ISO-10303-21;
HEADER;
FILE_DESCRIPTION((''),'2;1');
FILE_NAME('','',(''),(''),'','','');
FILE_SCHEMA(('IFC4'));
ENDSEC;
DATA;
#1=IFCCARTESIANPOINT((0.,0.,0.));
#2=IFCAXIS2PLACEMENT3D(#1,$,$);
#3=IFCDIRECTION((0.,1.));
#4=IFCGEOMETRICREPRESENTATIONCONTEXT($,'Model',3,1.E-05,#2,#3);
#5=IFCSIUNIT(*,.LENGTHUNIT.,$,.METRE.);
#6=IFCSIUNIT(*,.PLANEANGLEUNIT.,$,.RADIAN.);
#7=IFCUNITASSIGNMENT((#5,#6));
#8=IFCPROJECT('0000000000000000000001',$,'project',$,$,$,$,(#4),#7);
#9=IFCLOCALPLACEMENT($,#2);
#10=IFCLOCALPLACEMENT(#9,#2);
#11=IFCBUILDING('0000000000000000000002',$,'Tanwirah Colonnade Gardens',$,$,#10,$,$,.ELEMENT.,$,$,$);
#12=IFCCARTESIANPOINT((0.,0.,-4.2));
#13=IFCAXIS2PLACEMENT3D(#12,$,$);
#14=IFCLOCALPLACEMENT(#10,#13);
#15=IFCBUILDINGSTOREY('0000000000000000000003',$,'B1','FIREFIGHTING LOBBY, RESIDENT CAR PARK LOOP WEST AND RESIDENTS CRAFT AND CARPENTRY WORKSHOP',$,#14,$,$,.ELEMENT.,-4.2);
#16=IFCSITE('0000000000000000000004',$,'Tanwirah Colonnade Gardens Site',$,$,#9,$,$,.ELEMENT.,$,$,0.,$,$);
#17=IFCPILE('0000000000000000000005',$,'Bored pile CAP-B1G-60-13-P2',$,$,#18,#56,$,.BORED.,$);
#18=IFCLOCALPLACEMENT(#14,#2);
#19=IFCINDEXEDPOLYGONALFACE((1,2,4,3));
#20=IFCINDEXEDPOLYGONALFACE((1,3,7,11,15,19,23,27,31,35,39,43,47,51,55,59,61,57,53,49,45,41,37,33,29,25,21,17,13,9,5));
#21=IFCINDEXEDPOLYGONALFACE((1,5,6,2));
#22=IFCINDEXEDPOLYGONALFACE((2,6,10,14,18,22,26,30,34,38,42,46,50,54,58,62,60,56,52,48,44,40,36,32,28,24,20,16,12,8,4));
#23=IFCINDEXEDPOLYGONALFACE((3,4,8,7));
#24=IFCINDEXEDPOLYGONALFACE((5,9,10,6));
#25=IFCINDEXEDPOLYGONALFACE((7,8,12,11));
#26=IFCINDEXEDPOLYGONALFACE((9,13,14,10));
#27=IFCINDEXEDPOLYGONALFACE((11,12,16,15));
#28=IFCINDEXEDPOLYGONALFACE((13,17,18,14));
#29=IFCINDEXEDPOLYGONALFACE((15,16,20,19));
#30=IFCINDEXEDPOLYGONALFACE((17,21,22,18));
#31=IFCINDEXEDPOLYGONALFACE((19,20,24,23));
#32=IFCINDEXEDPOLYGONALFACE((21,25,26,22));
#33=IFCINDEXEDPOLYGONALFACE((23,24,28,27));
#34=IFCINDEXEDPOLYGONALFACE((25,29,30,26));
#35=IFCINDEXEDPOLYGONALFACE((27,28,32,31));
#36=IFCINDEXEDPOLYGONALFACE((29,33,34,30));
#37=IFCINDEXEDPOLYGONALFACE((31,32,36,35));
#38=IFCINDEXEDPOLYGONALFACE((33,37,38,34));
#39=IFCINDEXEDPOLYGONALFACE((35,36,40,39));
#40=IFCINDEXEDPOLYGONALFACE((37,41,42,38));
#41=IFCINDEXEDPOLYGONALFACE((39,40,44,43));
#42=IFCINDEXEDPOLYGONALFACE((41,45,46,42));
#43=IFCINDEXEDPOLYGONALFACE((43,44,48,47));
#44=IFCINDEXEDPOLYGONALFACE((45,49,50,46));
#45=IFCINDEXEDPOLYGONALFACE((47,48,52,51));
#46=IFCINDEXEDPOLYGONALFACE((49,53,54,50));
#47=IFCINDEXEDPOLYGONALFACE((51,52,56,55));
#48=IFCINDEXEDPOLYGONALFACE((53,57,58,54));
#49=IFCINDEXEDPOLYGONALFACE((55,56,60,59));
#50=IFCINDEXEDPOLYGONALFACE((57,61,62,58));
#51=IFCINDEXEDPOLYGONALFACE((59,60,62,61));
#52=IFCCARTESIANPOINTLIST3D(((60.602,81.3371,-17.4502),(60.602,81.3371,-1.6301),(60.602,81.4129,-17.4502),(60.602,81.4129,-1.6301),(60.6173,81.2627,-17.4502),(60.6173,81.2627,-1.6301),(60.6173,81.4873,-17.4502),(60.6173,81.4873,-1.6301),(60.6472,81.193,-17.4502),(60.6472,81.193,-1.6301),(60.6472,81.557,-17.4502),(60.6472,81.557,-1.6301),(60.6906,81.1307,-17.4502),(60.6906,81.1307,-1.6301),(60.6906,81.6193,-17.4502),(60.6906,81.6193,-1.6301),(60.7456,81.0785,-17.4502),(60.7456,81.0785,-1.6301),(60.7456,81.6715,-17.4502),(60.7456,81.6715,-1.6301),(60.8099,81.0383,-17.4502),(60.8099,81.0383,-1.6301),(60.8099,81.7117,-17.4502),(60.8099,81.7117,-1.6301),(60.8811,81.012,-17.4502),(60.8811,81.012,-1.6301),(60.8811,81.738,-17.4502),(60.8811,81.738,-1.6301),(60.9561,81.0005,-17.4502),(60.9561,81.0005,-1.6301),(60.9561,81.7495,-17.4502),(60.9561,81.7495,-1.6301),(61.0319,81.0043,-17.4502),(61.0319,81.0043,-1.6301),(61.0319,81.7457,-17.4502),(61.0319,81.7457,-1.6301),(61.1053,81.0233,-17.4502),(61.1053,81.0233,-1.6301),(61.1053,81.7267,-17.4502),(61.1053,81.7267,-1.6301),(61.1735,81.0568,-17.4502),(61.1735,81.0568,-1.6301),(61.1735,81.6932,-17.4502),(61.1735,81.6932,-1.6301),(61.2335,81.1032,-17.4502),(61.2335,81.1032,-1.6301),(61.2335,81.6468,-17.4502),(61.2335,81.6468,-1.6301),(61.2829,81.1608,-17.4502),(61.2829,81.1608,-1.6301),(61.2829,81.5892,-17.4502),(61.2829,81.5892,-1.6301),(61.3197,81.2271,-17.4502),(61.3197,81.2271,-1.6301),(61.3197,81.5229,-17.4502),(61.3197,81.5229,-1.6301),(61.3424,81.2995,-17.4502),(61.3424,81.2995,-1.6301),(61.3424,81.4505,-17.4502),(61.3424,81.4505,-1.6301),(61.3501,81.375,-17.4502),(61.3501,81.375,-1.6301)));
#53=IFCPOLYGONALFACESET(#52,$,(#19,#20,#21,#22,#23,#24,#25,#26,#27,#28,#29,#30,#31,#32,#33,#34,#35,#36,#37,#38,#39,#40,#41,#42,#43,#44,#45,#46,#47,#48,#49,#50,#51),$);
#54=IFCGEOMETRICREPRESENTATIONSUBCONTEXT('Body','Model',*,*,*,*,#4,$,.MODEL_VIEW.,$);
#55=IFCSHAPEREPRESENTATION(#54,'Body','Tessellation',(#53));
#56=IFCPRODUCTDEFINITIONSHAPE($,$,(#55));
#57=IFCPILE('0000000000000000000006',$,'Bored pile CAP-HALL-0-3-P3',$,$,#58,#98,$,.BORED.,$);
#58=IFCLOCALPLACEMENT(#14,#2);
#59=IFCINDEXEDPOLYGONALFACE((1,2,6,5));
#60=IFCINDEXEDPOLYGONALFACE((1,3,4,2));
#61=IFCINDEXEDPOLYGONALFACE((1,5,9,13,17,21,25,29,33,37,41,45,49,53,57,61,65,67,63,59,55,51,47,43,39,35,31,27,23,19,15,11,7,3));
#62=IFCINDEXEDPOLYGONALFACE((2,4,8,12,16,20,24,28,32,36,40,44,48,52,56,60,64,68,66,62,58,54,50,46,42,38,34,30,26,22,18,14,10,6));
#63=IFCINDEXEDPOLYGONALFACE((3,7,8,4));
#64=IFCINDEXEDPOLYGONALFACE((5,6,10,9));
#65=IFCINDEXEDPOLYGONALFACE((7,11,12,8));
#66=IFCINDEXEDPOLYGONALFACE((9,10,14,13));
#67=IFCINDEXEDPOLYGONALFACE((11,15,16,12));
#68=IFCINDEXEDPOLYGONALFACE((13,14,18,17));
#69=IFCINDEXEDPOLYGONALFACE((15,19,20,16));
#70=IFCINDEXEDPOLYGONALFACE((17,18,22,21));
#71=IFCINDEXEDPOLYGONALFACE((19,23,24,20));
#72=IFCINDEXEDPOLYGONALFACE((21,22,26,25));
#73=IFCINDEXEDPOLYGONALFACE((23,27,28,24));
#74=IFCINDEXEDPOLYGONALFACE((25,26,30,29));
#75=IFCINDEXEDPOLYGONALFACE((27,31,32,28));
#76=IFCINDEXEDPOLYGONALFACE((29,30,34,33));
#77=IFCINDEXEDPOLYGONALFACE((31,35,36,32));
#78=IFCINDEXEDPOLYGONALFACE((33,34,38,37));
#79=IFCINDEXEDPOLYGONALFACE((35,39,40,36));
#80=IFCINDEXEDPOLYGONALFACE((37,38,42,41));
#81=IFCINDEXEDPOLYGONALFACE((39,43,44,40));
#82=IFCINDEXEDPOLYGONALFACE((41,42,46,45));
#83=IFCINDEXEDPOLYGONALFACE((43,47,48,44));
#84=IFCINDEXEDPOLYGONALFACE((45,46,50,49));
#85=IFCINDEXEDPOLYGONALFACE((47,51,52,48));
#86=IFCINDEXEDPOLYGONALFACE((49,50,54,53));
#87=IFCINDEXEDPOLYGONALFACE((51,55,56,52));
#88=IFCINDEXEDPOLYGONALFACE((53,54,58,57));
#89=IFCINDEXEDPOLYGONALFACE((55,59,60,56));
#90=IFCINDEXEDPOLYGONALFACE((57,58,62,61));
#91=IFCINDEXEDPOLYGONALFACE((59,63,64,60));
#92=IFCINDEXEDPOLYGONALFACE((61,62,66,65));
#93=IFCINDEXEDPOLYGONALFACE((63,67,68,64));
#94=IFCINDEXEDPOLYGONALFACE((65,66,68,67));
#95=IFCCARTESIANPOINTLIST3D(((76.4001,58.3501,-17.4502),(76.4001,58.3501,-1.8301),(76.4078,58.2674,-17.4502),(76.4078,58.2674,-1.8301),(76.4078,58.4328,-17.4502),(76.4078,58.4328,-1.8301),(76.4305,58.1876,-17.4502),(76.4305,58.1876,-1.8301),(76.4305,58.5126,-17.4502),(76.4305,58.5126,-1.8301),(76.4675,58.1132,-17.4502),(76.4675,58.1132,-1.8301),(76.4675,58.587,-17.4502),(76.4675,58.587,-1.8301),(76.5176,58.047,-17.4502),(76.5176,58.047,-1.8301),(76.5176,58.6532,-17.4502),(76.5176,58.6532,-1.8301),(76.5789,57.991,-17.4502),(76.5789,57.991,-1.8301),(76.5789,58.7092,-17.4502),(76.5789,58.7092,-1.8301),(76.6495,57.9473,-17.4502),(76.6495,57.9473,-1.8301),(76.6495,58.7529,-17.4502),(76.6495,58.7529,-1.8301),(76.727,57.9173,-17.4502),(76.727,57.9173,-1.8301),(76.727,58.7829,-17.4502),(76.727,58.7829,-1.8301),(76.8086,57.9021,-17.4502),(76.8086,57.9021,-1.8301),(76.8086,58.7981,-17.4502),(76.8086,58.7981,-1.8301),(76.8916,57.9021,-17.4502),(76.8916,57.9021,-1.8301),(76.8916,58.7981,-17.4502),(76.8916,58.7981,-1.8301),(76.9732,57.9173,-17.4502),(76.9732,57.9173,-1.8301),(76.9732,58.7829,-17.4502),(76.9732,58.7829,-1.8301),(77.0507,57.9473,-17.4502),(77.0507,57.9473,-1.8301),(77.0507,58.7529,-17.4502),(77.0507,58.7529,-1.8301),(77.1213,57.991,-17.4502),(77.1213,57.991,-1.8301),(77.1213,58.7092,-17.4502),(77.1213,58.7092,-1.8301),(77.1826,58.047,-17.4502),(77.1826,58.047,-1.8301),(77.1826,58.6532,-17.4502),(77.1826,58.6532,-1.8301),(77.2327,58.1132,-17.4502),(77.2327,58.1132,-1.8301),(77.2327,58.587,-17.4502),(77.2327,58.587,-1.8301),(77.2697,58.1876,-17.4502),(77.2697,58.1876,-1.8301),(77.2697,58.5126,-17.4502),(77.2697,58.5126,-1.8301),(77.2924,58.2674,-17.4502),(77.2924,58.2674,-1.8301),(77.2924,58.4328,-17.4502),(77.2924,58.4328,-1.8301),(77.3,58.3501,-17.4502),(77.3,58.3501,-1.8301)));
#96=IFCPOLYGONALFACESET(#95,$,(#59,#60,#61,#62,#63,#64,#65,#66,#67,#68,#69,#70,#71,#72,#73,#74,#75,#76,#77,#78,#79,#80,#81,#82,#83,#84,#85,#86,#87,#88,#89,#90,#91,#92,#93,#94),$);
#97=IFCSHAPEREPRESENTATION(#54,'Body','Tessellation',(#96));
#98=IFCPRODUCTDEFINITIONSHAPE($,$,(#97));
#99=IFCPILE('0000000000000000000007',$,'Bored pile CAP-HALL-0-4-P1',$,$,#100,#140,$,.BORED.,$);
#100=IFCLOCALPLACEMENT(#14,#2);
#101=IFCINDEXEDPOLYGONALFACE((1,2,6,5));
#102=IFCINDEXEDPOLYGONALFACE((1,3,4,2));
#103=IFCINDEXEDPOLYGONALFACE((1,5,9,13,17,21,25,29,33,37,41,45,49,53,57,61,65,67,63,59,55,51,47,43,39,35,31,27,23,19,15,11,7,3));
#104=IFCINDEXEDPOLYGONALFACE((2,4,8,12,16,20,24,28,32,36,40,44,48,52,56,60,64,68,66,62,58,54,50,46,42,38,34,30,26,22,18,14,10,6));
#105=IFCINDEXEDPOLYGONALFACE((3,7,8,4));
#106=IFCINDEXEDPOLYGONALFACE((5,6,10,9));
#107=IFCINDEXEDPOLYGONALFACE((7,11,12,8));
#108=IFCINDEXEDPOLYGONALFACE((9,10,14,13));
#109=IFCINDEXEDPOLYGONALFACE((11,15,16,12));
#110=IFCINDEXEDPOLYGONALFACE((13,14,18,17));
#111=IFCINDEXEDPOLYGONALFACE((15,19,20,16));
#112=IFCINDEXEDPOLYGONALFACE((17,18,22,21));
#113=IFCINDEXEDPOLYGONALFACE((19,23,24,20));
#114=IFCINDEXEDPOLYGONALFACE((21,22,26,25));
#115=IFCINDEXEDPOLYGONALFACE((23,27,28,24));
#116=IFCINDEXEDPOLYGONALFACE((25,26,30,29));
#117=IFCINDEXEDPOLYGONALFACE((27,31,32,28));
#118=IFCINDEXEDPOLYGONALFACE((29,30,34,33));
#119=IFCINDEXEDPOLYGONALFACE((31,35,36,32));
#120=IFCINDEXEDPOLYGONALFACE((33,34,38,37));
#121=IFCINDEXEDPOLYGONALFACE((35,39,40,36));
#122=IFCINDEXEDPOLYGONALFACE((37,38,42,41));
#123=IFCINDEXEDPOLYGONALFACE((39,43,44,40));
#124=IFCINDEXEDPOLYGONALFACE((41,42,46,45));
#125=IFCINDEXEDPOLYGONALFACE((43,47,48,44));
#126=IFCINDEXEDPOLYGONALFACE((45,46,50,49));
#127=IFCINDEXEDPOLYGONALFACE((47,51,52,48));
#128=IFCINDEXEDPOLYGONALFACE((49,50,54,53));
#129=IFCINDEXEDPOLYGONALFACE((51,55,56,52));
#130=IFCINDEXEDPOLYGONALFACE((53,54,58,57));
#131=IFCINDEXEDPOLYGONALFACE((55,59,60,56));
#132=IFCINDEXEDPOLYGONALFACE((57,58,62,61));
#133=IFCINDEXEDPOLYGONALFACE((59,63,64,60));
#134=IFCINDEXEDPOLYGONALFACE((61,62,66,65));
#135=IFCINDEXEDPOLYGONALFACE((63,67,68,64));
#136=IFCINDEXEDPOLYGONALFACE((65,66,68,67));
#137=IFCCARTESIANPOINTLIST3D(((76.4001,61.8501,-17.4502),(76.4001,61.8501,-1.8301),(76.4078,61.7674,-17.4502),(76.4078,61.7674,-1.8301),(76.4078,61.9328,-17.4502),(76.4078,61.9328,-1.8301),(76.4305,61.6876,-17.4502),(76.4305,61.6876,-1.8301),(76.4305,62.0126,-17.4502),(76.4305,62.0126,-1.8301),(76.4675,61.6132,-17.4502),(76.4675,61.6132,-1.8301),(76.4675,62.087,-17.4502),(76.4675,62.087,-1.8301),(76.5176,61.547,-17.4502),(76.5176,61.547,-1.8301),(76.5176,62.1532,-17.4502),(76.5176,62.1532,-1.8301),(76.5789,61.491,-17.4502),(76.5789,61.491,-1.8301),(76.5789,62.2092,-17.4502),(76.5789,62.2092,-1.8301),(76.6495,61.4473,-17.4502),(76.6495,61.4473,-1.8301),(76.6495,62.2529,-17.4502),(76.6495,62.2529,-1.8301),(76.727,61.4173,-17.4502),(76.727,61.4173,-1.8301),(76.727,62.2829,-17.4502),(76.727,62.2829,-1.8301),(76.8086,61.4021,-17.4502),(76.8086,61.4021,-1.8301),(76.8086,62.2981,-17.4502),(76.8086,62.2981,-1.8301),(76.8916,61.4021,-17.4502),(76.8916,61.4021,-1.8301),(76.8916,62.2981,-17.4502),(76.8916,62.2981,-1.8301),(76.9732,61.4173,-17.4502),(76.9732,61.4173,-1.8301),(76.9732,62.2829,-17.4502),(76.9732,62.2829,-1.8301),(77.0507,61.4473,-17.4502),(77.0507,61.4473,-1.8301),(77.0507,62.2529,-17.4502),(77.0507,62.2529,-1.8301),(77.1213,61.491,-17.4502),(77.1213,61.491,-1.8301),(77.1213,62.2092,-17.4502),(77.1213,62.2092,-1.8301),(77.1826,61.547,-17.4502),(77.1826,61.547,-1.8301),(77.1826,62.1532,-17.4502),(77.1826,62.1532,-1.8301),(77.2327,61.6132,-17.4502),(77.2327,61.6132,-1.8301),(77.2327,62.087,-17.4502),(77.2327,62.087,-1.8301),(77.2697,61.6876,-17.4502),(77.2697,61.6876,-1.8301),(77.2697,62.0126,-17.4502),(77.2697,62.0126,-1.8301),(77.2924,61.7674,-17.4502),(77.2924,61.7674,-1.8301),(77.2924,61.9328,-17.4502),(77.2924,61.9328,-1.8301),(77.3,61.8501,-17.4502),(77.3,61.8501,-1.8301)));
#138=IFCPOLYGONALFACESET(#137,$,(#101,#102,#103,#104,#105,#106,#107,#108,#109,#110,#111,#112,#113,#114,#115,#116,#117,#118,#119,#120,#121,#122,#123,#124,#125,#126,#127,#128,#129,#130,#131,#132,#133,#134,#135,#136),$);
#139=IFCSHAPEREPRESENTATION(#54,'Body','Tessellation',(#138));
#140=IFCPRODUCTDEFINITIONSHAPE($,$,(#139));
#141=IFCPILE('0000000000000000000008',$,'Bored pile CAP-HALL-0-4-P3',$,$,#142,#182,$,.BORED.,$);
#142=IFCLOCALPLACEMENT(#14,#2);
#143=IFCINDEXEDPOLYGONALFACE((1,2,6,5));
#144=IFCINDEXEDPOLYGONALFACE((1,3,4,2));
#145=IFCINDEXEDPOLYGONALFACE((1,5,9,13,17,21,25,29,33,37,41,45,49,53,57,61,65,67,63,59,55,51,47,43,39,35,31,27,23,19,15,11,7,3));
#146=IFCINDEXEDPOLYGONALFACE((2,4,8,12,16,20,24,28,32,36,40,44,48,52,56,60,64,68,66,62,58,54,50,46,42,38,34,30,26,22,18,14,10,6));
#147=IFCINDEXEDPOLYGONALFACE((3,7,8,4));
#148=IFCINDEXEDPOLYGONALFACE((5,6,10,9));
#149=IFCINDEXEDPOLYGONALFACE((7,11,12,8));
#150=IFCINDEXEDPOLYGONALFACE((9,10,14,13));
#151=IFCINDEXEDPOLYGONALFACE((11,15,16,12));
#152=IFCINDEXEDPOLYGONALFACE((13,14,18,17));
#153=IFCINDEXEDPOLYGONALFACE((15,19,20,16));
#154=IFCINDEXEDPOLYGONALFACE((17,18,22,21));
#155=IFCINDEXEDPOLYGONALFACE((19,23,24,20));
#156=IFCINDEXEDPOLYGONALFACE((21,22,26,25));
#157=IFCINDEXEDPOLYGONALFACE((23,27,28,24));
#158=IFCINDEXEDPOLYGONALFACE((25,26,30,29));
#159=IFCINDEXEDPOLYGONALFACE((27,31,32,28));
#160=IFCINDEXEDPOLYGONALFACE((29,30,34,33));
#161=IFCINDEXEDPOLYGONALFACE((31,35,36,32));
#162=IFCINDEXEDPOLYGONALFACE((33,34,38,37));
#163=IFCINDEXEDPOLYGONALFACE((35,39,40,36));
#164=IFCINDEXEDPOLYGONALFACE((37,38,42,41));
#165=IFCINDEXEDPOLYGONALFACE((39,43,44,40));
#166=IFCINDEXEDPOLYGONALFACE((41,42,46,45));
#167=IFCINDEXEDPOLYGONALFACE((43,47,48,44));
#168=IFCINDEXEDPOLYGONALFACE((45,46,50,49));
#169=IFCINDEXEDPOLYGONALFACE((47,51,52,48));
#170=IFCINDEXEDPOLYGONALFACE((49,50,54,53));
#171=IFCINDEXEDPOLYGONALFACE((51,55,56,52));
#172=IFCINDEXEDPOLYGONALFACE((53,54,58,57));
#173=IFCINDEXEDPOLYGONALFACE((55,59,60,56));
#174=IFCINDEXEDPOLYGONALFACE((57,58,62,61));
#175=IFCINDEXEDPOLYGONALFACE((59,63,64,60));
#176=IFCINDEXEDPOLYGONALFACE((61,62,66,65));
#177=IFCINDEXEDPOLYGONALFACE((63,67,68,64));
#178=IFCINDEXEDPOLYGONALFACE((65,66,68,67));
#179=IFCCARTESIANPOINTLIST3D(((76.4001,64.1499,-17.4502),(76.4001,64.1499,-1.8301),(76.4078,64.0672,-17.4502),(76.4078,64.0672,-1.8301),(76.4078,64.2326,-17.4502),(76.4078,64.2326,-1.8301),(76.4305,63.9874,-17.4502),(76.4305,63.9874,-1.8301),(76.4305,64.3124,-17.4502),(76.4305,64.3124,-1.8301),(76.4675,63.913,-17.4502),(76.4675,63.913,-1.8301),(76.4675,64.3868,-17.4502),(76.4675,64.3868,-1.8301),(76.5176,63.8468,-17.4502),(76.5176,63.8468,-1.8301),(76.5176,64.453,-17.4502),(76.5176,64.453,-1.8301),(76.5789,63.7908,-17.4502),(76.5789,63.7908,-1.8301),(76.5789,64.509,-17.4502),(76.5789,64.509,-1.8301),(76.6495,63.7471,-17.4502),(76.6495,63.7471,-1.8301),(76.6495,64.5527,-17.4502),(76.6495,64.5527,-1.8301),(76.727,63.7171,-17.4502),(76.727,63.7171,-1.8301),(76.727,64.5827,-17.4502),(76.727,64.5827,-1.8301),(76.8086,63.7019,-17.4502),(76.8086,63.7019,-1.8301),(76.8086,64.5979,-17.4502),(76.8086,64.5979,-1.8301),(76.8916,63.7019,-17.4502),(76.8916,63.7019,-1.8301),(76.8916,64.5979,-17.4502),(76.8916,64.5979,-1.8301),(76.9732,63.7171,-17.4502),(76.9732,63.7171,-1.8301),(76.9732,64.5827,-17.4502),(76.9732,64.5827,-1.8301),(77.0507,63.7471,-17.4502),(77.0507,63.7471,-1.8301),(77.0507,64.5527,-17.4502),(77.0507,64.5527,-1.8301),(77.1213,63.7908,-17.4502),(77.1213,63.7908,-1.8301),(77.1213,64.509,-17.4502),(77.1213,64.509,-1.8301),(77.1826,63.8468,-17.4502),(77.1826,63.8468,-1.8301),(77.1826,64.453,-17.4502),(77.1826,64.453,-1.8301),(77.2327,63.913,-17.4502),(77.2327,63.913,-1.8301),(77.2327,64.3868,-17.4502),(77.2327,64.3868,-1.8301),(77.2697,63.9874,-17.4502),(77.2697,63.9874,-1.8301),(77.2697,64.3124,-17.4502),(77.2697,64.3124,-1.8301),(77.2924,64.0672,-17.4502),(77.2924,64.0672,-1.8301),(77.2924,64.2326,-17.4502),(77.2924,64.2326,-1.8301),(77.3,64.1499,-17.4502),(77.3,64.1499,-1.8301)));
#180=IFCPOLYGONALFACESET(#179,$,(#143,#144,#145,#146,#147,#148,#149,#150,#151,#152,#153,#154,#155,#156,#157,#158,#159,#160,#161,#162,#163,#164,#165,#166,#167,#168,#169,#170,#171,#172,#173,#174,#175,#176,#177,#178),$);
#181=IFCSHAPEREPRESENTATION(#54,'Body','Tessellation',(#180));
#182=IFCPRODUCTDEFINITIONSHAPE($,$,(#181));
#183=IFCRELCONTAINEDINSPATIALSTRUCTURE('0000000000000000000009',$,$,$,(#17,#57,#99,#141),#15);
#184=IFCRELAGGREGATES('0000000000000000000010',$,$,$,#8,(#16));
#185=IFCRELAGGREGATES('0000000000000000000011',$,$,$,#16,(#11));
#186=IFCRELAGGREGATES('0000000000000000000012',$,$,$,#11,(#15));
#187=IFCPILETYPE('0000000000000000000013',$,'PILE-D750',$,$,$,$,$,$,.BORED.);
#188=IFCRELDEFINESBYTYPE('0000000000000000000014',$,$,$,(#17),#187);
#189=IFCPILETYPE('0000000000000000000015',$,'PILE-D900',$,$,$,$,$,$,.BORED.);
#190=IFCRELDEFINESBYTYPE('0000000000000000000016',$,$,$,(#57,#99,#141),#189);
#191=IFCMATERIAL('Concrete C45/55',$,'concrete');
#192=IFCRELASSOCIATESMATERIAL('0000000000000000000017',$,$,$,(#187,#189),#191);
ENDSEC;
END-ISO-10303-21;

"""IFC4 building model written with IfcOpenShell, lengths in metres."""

from ifc_helpers import new_model, si_unit, direction, frame, origin, origin_2d, place, context, subcontext, project, spatial, circle, extrude, material, material_profile, profile_set, type_object, element, save


model = new_model("IFC4")

# Units and contexts
model_context = context("Model", 3, precision=1e-05, world=origin(), true_north=direction((0.0, 1.0)))
body_context = subcontext(model_context, "Body", "Model", "MODEL_VIEW")
ifc_project = project(units=[si_unit("LENGTHUNIT", "METRE"), si_unit("PLANEANGLEUNIT", "RADIAN")], contexts=[model_context])

# Site, building, storey
site_placement = place(None, origin())
site = spatial("IfcSite", under=ifc_project, at=site_placement, Name="Tanwirah Colonnade Gardens Site", CompositionType="ELEMENT", RefElevation=0.0)
building_placement = place(site_placement, origin())
building = spatial("IfcBuilding", under=site, at=building_placement, Name="Tanwirah Colonnade Gardens", CompositionType="ELEMENT")
storey_placement = place(building_placement, frame((0.0, 0.0, -4.2)))
storey = spatial("IfcBuildingStorey", under=building, at=storey_placement, Name="B1", Description="FIREFIGHTING LOBBY, RESIDENT CAR PARK LOOP WEST AND RESIDENTS CRAFT AND CARPENTRY WORKSHOP", CompositionType="ELEMENT", Elevation=-4.2)

# Shared definitions
ifc_material = material(Name="Concrete C45/55", Category="concrete")

# Piles
ifc_material_profile_1 = material_profile(ifc_material, circle(Radius=0.375, at=origin_2d()), Name="PILE D750")
ifc_profile_set_1 = profile_set([ifc_material_profile_1], Name="Concrete C45/55")
pile_type_1 = type_object("IfcPileType", Name="PILE-D750", PredefinedType="BORED", material=ifc_profile_set_1)
for number, where, z_axis, x_axis, name in (
    (1, (60.9751, 81.375, -1.6301), (0.0, 0.0, -1.0), (1.0, 0.0, 0.0), "Bored pile CAP-B1G-60-13-P2"),
):
    element("IfcPile", number, at=place(storey_placement, frame(where, z_axis=z_axis, x_axis=x_axis)), inside=storey, type_object=pile_type_1, Name=name, PredefinedType="BORED", context=body_context, shape_type="SweptSolid", body=[
        extrude(circle(Radius=0.375, at=origin_2d()), origin(), (0.0, 0.0, 1.0), 15.8201),
    ])
ifc_material_profile_2 = material_profile(ifc_material, circle(Radius=0.45, at=origin_2d()), Name="PILE D900")
ifc_profile_set_2 = profile_set([ifc_material_profile_2], Name="Concrete C45/55")
pile_type_2 = type_object("IfcPileType", Name="PILE-D900", PredefinedType="BORED", material=ifc_profile_set_2)
for number, where, z_axis, x_axis, name in (
    (2, (76.8501, 58.3501, -1.8301), (0.0, 0.0, -1.0), (1.0, 0.0, 0.0), "Bored pile CAP-HALL-0-3-P3"),
    (3, (76.8501, 61.8501, -1.8301), (0.0, 0.0, -1.0), (1.0, 0.0, 0.0), "Bored pile CAP-HALL-0-4-P1"),
    (4, (76.8501, 64.1499, -1.8301), (0.0, 0.0, -1.0), (1.0, 0.0, 0.0), "Bored pile CAP-HALL-0-4-P3"),
):
    element("IfcPile", number, at=place(storey_placement, frame(where, z_axis=z_axis, x_axis=x_axis)), inside=storey, type_object=pile_type_2, Name=name, PredefinedType="BORED", context=body_context, shape_type="SweptSolid", body=[
        extrude(circle(Radius=0.45, at=origin_2d()), origin(), (0.0, 0.0, 1.0), 15.6201),
    ])

save(model, "model.ifc")
